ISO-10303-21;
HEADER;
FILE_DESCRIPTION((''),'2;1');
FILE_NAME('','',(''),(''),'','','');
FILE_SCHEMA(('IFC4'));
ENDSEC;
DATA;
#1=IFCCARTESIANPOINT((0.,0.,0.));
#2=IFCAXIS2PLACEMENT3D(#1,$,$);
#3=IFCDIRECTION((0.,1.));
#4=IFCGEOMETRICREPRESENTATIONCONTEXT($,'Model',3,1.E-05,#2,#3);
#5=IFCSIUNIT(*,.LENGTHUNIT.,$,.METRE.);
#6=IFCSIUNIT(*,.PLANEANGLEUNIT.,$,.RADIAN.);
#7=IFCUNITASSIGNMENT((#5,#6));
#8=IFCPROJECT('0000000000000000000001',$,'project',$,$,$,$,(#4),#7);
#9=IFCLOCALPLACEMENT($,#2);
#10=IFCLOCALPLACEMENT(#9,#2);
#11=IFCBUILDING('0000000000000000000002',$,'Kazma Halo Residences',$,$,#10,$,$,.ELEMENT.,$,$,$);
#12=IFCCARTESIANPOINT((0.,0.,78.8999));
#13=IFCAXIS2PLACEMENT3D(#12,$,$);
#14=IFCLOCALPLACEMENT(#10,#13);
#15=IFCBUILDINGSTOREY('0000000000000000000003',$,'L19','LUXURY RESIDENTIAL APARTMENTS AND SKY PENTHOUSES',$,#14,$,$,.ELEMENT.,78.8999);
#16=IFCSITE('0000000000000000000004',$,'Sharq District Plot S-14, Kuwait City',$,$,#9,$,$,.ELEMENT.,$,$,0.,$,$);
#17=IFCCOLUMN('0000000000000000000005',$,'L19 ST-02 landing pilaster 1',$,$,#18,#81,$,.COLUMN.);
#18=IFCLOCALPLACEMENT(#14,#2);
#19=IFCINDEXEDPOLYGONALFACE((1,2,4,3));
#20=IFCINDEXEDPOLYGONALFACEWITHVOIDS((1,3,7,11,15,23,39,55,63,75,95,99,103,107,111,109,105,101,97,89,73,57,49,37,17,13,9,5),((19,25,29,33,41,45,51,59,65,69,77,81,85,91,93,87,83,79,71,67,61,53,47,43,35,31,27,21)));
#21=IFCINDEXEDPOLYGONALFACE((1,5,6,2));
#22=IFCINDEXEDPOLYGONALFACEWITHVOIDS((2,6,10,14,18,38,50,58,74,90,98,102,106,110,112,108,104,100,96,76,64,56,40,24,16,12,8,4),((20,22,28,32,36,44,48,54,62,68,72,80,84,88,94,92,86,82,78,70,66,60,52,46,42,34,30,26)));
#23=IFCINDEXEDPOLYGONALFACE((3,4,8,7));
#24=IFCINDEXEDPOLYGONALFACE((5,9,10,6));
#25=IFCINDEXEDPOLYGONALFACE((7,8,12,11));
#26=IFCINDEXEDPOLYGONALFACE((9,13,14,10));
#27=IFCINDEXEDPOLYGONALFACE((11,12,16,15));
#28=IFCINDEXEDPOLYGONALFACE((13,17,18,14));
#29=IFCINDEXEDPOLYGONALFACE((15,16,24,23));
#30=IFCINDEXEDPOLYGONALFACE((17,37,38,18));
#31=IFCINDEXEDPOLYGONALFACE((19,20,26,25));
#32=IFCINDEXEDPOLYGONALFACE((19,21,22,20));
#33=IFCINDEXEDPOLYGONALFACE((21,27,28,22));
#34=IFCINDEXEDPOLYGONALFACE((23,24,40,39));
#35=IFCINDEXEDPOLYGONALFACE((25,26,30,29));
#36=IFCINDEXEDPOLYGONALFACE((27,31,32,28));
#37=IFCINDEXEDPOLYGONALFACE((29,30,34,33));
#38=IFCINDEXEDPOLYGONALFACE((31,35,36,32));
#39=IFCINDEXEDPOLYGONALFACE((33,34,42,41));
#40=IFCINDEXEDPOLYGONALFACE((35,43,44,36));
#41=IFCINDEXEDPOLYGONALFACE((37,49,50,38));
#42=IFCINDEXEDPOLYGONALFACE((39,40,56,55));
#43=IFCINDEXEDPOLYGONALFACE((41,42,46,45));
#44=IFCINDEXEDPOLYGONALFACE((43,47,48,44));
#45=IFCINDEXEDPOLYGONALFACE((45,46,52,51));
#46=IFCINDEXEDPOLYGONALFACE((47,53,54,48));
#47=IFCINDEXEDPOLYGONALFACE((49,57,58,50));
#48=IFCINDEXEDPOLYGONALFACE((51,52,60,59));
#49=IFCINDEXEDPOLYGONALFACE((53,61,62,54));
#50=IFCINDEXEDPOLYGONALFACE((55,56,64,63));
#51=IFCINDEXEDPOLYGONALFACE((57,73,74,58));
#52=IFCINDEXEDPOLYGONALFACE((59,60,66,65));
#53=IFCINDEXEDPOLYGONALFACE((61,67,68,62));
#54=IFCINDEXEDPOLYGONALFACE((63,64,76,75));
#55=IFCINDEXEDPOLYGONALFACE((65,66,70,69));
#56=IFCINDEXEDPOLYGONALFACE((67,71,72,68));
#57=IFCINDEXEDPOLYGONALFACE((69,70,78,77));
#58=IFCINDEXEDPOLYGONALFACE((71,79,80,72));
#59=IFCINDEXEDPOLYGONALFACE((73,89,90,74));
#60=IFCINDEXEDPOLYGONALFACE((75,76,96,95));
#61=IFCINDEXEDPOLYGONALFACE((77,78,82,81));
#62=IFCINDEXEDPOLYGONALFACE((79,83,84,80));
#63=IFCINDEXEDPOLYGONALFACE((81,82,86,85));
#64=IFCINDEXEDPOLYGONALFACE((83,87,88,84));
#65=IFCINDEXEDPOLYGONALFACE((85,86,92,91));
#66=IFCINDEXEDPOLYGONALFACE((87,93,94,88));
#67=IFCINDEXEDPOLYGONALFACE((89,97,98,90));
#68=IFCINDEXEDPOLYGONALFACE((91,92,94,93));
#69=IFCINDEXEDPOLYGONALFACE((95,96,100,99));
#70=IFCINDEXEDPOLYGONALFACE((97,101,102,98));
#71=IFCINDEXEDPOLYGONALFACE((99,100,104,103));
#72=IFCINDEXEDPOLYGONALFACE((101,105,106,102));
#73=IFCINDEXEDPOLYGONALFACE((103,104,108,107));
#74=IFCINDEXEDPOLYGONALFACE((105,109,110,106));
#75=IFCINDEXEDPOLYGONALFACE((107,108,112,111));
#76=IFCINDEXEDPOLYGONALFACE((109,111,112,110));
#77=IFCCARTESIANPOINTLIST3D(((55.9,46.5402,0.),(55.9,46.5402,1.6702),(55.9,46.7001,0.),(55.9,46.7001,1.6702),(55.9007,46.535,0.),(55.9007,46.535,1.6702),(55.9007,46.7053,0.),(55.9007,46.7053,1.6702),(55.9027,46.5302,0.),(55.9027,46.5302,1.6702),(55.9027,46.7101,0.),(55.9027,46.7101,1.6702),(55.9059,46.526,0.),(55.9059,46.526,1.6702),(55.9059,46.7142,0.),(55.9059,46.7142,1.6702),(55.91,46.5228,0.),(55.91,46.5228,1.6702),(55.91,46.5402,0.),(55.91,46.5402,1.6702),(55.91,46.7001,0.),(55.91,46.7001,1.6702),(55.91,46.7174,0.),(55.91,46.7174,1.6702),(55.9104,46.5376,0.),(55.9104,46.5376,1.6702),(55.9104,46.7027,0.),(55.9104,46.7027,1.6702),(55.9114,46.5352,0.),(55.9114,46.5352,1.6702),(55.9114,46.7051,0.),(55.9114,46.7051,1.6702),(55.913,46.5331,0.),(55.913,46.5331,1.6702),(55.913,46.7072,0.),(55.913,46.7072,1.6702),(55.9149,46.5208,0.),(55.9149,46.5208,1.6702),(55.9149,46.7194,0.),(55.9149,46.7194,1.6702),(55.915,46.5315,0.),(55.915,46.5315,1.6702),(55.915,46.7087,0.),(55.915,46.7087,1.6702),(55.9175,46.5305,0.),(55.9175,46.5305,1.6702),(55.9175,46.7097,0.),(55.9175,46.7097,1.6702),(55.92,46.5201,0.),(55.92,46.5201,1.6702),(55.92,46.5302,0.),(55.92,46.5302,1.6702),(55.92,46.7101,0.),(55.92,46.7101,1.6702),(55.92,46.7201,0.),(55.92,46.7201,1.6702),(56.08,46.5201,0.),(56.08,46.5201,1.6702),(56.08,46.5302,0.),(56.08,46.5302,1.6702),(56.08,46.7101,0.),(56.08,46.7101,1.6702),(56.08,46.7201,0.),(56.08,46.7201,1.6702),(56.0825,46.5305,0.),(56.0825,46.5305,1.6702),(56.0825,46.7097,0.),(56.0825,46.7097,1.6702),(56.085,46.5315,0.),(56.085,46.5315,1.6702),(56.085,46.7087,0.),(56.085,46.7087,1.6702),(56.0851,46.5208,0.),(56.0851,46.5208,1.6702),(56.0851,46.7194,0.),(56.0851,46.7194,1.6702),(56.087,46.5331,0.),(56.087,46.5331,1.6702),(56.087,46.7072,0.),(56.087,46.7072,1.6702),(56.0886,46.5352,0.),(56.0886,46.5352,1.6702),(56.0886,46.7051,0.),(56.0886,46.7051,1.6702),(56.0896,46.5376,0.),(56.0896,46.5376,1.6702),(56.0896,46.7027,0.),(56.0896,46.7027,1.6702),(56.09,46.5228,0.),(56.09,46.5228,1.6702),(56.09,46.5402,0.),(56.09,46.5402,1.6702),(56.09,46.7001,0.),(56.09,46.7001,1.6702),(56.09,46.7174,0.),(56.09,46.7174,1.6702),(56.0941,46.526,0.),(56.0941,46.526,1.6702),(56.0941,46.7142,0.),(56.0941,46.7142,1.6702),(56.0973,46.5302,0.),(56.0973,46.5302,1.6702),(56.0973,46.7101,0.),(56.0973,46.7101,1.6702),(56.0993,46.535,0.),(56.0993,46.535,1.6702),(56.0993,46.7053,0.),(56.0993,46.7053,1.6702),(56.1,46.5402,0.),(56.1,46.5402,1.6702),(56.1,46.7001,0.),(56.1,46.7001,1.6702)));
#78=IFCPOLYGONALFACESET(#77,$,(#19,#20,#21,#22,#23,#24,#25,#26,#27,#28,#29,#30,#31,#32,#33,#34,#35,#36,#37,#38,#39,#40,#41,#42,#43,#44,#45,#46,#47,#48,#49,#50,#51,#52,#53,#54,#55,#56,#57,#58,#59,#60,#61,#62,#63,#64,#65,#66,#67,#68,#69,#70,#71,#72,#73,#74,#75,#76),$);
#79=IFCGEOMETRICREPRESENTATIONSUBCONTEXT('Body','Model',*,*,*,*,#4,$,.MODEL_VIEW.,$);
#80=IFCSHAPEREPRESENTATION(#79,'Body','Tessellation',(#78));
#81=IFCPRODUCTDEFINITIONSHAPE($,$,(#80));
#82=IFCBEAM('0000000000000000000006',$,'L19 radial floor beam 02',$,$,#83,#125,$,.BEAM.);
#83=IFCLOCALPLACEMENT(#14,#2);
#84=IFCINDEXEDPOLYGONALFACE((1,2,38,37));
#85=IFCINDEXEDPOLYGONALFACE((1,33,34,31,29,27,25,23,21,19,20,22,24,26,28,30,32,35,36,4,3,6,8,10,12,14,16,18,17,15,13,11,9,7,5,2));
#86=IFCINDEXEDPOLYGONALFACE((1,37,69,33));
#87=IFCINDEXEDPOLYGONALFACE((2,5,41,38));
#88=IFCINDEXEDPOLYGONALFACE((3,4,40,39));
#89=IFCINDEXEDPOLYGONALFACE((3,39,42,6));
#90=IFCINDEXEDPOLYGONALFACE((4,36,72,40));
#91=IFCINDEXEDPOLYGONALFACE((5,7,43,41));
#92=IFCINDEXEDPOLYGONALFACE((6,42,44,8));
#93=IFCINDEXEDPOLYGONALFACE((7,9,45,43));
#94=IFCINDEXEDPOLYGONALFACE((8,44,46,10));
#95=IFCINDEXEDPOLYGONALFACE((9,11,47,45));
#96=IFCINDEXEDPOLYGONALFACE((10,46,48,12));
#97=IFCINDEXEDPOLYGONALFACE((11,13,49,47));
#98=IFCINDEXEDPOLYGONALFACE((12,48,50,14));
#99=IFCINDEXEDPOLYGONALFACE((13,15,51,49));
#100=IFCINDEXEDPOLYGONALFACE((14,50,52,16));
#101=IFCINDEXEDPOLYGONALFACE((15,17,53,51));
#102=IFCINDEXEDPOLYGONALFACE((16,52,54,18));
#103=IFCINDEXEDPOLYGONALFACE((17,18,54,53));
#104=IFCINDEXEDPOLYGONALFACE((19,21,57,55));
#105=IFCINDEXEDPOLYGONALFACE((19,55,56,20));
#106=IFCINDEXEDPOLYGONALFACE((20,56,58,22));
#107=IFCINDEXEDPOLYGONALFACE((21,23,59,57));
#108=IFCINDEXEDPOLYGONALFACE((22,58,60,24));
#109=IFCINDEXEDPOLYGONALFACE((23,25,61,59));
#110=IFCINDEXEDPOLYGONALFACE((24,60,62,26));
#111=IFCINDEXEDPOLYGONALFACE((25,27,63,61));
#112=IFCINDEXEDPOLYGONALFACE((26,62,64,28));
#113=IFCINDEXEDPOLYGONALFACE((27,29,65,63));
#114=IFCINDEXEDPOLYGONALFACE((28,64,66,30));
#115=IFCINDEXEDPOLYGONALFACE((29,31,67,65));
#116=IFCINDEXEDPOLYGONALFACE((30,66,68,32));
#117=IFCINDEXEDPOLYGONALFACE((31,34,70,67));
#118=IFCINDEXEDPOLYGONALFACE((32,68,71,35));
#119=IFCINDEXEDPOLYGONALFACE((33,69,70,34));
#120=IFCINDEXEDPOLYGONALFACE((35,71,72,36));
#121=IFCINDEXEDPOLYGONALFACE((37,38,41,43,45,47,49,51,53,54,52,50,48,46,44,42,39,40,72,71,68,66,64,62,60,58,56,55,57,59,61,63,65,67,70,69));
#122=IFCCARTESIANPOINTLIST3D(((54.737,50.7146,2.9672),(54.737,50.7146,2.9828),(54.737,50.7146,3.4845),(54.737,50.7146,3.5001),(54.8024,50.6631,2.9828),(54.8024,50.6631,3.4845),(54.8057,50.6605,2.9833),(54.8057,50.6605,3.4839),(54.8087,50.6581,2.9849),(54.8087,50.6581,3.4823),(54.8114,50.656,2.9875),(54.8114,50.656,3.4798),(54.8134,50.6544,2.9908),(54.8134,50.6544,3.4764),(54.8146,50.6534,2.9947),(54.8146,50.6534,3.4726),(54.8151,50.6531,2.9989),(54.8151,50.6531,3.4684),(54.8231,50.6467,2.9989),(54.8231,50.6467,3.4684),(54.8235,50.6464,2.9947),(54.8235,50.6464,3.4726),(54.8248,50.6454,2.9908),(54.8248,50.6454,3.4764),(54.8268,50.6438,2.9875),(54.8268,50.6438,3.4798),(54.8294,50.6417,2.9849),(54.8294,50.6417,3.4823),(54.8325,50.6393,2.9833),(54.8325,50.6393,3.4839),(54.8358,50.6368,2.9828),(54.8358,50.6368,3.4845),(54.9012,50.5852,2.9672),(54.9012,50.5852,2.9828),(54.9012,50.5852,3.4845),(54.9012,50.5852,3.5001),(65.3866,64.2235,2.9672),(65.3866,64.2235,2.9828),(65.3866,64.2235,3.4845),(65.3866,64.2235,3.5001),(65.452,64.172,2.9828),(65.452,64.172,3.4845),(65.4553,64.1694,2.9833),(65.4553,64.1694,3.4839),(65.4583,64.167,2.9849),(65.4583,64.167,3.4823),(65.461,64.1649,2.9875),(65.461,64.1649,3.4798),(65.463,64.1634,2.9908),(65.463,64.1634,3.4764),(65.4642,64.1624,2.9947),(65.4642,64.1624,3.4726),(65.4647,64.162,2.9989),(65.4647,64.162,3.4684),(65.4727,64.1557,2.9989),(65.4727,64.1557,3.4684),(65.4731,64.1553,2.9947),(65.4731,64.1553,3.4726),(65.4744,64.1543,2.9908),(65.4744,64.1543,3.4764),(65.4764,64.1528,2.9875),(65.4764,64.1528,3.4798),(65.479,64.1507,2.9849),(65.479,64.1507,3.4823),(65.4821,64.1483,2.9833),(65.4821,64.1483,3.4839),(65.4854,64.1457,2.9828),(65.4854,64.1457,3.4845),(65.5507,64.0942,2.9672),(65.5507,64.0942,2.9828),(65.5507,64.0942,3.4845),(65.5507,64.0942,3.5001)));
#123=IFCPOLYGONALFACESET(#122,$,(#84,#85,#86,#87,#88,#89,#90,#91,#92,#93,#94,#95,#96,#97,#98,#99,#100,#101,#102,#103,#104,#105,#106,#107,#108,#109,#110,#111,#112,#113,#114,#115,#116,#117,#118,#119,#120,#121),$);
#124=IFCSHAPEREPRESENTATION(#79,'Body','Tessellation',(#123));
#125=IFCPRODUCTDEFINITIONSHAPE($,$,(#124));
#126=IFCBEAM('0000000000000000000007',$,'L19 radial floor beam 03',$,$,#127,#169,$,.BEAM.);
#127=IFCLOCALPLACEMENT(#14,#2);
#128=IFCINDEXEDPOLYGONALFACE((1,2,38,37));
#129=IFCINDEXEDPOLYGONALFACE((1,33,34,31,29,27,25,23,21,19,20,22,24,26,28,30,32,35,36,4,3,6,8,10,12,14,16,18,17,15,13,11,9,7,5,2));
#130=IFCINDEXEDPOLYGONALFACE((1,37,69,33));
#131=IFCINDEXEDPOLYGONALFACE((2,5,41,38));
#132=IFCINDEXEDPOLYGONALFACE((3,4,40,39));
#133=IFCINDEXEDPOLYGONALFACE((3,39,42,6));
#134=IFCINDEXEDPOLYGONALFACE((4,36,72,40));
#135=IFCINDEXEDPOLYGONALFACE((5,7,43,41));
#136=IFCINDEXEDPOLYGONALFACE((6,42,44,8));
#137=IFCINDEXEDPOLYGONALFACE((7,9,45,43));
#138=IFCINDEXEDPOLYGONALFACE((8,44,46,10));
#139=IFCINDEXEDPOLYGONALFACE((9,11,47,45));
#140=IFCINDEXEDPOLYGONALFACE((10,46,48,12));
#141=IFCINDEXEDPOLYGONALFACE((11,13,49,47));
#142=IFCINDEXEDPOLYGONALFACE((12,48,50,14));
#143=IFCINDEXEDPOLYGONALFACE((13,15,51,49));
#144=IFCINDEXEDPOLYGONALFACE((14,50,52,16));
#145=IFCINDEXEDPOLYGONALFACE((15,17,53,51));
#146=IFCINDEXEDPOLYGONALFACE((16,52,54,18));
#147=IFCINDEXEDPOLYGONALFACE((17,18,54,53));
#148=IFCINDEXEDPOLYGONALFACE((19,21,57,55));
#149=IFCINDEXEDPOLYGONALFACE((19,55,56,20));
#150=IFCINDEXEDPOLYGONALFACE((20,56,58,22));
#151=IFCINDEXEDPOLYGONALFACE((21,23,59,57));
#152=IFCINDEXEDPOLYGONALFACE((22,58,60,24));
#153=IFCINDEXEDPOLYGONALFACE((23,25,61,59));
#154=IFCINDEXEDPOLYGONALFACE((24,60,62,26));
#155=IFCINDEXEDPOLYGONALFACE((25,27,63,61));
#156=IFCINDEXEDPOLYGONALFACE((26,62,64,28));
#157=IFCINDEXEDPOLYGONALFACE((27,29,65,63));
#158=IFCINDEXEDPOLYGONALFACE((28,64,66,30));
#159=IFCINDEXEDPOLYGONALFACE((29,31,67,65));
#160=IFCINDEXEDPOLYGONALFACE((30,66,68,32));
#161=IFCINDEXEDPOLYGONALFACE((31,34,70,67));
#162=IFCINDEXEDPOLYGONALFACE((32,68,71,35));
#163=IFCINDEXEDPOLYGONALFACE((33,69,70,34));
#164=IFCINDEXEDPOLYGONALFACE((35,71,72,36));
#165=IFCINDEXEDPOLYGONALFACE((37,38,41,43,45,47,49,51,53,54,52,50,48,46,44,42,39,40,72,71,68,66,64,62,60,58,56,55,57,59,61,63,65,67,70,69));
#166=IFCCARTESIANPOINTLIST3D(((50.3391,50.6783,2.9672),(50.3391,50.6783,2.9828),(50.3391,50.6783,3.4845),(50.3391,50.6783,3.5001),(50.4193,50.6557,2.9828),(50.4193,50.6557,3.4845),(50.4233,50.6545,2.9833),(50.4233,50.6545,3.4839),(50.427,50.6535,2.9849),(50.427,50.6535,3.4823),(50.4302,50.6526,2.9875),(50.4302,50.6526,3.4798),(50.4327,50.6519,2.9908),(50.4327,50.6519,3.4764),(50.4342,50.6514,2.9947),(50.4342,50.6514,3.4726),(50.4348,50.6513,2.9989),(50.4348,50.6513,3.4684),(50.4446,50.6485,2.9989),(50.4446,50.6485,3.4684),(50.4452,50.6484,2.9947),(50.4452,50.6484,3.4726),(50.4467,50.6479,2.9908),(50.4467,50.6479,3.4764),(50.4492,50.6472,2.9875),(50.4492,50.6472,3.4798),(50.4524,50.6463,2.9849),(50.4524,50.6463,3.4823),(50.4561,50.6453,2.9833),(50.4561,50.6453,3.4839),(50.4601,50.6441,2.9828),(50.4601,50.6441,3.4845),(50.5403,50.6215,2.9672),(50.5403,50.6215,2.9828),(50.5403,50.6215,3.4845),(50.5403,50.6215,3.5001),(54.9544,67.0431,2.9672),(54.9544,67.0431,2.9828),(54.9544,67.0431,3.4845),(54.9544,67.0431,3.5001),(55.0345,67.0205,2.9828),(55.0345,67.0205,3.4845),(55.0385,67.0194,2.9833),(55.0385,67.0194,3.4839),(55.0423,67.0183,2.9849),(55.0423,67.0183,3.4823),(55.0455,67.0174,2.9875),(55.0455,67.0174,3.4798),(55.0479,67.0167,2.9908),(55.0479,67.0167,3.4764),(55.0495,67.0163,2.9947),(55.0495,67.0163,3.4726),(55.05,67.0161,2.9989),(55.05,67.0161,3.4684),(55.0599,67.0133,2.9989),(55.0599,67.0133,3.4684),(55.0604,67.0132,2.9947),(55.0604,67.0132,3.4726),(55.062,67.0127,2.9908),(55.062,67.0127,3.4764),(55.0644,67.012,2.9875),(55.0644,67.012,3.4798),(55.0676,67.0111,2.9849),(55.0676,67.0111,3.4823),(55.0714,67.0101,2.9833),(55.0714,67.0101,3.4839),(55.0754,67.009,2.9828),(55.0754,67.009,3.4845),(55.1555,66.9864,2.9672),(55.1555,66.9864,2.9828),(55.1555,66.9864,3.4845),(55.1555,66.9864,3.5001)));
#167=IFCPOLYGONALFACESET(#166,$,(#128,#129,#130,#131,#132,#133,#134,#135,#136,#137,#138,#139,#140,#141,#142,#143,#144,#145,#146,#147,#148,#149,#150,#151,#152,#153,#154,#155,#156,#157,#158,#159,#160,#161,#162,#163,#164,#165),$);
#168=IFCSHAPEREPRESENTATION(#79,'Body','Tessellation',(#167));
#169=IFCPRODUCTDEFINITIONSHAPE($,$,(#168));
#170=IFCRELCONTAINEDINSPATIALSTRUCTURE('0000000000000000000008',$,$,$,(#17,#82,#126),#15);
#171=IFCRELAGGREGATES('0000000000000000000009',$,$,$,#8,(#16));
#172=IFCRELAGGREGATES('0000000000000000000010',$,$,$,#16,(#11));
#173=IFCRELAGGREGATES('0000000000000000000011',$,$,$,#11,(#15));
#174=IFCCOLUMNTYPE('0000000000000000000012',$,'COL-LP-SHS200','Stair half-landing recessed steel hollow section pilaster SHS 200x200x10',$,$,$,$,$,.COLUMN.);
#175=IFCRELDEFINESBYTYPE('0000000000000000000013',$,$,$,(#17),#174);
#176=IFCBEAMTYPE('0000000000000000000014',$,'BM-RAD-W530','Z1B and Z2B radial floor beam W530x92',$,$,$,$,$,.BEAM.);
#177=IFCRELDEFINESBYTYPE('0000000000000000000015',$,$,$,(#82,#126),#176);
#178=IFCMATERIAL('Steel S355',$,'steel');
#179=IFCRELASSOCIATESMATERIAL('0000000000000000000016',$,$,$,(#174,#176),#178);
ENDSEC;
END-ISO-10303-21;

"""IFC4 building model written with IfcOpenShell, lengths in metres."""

from ifc_helpers import new_model, si_unit, direction, frame, origin, origin_2d, place, context, subcontext, project, spatial, hollow_rectangle, i_section, extrude, material, material_profile, profile_set, type_object, element, save


model = new_model("IFC4")

# Units and contexts
model_context = context("Model", 3, precision=1e-05, world=origin(), true_north=direction((0.0, 1.0)))
body_context = subcontext(model_context, "Body", "Model", "MODEL_VIEW")
ifc_project = project(units=[si_unit("LENGTHUNIT", "METRE"), si_unit("PLANEANGLEUNIT", "RADIAN")], contexts=[model_context])

# Site, building, storey
site_placement = place(None, origin())
site = spatial("IfcSite", under=ifc_project, at=site_placement, Name="Sharq District Plot S-14, Kuwait City", CompositionType="ELEMENT", RefElevation=0.0)
building_placement = place(site_placement, origin())
building = spatial("IfcBuilding", under=site, at=building_placement, Name="Kazma Halo Residences", CompositionType="ELEMENT")
storey_placement = place(building_placement, frame((0.0, 0.0, 78.8999)))
storey = spatial("IfcBuildingStorey", under=building, at=storey_placement, Name="L19", Description="LUXURY RESIDENTIAL APARTMENTS AND SKY PENTHOUSES", CompositionType="ELEMENT", Elevation=78.8999)

# Column
ifc_material_1 = material(Name="Steel S355", Category="steel")
ifc_material_profile_1 = material_profile(ifc_material_1, hollow_rectangle(XDim=0.2, YDim=0.2, WallThickness=0.01, InnerFilletRadius=0.01, OuterFilletRadius=0.02, at=origin_2d()), Name="SHS200x200x10")
ifc_profile_set_1 = profile_set([ifc_material_profile_1], Name="Steel S355")
column_type = type_object("IfcColumnType", Name="COL-LP-SHS200", Description="Stair half-landing recessed steel hollow section pilaster SHS 200x200x10", PredefinedType="COLUMN", material=ifc_profile_set_1)
column_placement = place(storey_placement, frame((56.0, 46.6201, 0.0), z_axis=(0.0, 0.0, 1.0), x_axis=(1.0, 0.0, 0.0)))
element("IfcColumn", 1, at=column_placement, inside=storey, type_object=column_type, Name="L19 ST-02 landing pilaster 1", PredefinedType="COLUMN", context=body_context, shape_type="SweptSolid", body=[
    extrude(hollow_rectangle(XDim=0.2, YDim=0.2, WallThickness=0.01, InnerFilletRadius=0.01, OuterFilletRadius=0.02, at=origin_2d()), origin(), (0.0, 0.0, 1.0), 1.6702),
])

# Beams
ifc_material_profile_2 = material_profile(ifc_material_1, i_section(OverallWidth=0.209, OverallDepth=0.533, WebThickness=0.0103, FlangeThickness=0.0156, FilletRadius=0.0161, at=origin_2d()), Name="W530x92")
ifc_profile_set_2 = profile_set([ifc_material_profile_2], Name="Steel S355")
beam_type_1 = type_object("IfcBeamType", Name="BM-RAD-W530", Description="Z1B and Z2B radial floor beam W530x92", PredefinedType="BEAM", material=ifc_profile_set_2)
beam_1_placement = place(storey_placement, frame((54.8191, 50.6499, 3.2336), z_axis=(0.619094, 0.785317, 0.0), x_axis=(-0.785317, 0.619094, 0.0)))
element("IfcBeam", 2, at=beam_1_placement, inside=storey, type_object=beam_type_1, Name="L19 radial floor beam 02", PredefinedType="BEAM", context=body_context, shape_type="SweptSolid", body=[
    extrude(i_section(OverallWidth=0.209, OverallDepth=0.533, WebThickness=0.0103, FlangeThickness=0.0156, FilletRadius=0.0161, at=origin_2d()), origin(), (0.0, 0.0, 1.0), 17.2019),
])
beam_2_placement = place(storey_placement, frame((50.4397, 50.6499, 3.2336), z_axis=(0.271435, 0.962457, 0.0), x_axis=(-0.962457, 0.271435, 0.0)))
element("IfcBeam", 3, at=beam_2_placement, inside=storey, type_object=beam_type_1, Name="L19 radial floor beam 03", PredefinedType="BEAM", context=body_context, shape_type="SweptSolid", body=[
    extrude(i_section(OverallWidth=0.209, OverallDepth=0.533, WebThickness=0.0103, FlangeThickness=0.0156, FilletRadius=0.0161, at=origin_2d()), origin(), (0.0, 0.0, 1.0), 17.0032),
])

save(model, "model.ifc")
